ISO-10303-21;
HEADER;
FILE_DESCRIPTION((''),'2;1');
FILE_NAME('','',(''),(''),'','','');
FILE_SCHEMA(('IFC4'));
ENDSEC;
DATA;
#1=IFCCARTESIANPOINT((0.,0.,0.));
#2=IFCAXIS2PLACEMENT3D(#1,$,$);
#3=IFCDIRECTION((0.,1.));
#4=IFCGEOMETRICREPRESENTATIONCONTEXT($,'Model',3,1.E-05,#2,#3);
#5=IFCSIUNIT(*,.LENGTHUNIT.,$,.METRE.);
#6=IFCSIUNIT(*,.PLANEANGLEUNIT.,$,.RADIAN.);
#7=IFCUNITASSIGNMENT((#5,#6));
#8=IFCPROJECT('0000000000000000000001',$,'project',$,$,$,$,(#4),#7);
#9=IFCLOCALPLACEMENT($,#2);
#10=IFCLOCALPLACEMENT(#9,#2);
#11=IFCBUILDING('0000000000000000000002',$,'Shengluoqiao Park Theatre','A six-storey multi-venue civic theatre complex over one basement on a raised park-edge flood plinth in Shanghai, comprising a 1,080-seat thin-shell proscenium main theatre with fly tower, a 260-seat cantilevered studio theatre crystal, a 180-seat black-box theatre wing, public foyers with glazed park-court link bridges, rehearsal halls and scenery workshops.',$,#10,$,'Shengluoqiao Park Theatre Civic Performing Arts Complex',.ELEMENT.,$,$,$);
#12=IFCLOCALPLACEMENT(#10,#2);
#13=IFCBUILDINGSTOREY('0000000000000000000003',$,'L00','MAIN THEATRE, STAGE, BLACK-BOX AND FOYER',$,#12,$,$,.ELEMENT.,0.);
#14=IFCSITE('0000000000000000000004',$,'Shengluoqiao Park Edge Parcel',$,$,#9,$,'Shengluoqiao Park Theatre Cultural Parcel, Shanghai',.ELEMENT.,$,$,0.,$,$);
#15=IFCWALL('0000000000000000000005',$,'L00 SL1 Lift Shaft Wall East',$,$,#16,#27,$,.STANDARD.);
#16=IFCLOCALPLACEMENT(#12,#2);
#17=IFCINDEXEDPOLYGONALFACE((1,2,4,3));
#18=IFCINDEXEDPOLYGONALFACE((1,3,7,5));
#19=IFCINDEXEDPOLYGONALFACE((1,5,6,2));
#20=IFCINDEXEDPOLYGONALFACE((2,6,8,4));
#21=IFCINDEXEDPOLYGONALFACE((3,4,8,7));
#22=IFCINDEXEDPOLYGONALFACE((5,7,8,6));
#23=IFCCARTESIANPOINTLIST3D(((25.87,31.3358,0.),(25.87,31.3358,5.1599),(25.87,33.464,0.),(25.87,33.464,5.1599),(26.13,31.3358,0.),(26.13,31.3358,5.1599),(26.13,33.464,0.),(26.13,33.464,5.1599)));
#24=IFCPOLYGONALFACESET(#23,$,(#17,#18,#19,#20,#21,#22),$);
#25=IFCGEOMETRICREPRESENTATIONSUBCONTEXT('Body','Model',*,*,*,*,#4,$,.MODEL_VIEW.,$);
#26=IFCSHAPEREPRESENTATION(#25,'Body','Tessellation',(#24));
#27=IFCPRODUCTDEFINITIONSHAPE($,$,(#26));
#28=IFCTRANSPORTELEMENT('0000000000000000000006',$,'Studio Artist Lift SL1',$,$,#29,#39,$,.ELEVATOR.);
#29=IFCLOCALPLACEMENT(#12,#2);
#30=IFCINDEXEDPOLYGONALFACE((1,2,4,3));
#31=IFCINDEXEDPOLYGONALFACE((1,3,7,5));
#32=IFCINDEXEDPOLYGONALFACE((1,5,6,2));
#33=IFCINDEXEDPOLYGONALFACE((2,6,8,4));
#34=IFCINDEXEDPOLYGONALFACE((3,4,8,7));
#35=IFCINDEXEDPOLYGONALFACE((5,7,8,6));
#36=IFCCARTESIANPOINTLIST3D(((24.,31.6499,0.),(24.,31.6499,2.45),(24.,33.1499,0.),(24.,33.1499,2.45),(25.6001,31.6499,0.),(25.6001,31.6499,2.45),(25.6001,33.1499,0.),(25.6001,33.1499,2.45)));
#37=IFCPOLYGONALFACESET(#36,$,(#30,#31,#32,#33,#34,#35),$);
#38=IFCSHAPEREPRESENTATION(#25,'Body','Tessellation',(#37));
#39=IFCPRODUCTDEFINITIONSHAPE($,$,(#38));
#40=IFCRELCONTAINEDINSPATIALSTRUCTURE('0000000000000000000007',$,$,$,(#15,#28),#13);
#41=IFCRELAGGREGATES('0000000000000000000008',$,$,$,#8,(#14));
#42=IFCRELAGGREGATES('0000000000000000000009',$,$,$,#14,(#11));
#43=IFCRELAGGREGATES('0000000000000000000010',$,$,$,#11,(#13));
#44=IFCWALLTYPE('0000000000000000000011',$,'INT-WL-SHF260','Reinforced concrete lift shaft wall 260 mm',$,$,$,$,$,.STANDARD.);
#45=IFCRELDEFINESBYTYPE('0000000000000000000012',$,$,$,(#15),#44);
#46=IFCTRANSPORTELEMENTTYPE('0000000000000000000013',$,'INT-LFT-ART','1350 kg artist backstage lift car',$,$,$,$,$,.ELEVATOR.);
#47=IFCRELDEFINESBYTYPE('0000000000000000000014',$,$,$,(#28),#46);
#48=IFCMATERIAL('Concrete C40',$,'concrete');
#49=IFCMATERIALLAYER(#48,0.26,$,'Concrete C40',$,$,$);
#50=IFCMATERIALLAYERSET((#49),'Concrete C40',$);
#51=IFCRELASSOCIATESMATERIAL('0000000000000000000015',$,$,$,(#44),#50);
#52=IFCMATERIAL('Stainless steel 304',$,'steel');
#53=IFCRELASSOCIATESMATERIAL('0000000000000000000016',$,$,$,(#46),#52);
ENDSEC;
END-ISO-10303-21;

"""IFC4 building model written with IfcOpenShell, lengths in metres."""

from ifc_helpers import new_model, si_unit, direction, frame, frame_2d, origin, origin_2d, place, context, subcontext, project, spatial, rectangle, extrude, material, layer, layer_set, type_object, element, save


model = new_model("IFC4")

# Units and contexts
model_context = context("Model", 3, precision=1e-05, world=origin(), true_north=direction((0.0, 1.0)))
body_context = subcontext(model_context, "Body", "Model", "MODEL_VIEW")
ifc_project = project(units=[si_unit("LENGTHUNIT", "METRE"), si_unit("PLANEANGLEUNIT", "RADIAN")], contexts=[model_context])

# Site, building, storey
site_placement = place(None, origin())
site = spatial("IfcSite", under=ifc_project, at=site_placement, Name="Shengluoqiao Park Edge Parcel", LongName="Shengluoqiao Park Theatre Cultural Parcel, Shanghai", CompositionType="ELEMENT", RefElevation=0.0)
building_placement = place(site_placement, origin())
building = spatial("IfcBuilding", under=site, at=building_placement, Name="Shengluoqiao Park Theatre", Description="A six-storey multi-venue civic theatre complex over one basement on a raised park-edge flood plinth in Shanghai, comprising a 1,080-seat thin-shell proscenium main theatre with fly tower, a 260-seat cantilevered studio theatre crystal, a 180-seat black-box theatre wing, public foyers with glazed park-court link bridges, rehearsal halls and scenery workshops.", LongName="Shengluoqiao Park Theatre Civic Performing Arts Complex", CompositionType="ELEMENT")
storey_placement = place(building_placement, origin())
storey = spatial("IfcBuildingStorey", under=building, at=storey_placement, Name="L00", Description="MAIN THEATRE, STAGE, BLACK-BOX AND FOYER", CompositionType="ELEMENT", Elevation=0.0)

# Shared definitions
ifc_material_1 = material(Name="Concrete C40", Category="concrete")

# Shared definitions
ifc_layer_1 = layer(ifc_material_1, 0.26, Name="Concrete C40")
ifc_layer_set_1 = layer_set([ifc_layer_1], Name="Concrete C40")
wall_type_1 = type_object("IfcWallType", Name="INT-WL-SHF260", Description="Reinforced concrete lift shaft wall 260 mm", PredefinedType="STANDARD", material=ifc_layer_set_1)

# Shared definitions
ifc_material_2 = material(Name="Stainless steel 304", Category="steel")

# Wall
wall_1_placement = place(storey_placement, frame((26.0, 31.3359, 0.0), z_axis=(0.0, 0.0, 1.0), x_axis=(0.0, 1.0, 0.0)))
element("IfcWall", 1, at=wall_1_placement, inside=storey, type_object=wall_type_1, Name="L00 SL1 Lift Shaft Wall East", PredefinedType="STANDARD", context=body_context, shape_type="SweptSolid", body=[
    extrude(rectangle(XDim=2.1282, YDim=0.26, at=frame_2d((1.064, 0.0))), origin(), (0.0, 0.0, 1.0), 5.1599),
])

# Transport element
transport_element_type = type_object("IfcTransportElementType", Name="INT-LFT-ART", Description="1350 kg artist backstage lift car", PredefinedType="ELEVATOR", material=ifc_material_2)
transport_element_placement = place(storey_placement, frame((24.8, 32.3999, 0.0), z_axis=(0.0, 0.0, 1.0), x_axis=(1.0, 0.0, 0.0)))
element("IfcTransportElement", 2, at=transport_element_placement, inside=storey, type_object=transport_element_type, Name="Studio Artist Lift SL1", PredefinedType="ELEVATOR", context=body_context, shape_type="SweptSolid", body=[
    extrude(rectangle(XDim=1.6001, YDim=1.5, at=origin_2d()), origin(), (0.0, 0.0, 1.0), 2.45),
])

save(model, "model.ifc")
